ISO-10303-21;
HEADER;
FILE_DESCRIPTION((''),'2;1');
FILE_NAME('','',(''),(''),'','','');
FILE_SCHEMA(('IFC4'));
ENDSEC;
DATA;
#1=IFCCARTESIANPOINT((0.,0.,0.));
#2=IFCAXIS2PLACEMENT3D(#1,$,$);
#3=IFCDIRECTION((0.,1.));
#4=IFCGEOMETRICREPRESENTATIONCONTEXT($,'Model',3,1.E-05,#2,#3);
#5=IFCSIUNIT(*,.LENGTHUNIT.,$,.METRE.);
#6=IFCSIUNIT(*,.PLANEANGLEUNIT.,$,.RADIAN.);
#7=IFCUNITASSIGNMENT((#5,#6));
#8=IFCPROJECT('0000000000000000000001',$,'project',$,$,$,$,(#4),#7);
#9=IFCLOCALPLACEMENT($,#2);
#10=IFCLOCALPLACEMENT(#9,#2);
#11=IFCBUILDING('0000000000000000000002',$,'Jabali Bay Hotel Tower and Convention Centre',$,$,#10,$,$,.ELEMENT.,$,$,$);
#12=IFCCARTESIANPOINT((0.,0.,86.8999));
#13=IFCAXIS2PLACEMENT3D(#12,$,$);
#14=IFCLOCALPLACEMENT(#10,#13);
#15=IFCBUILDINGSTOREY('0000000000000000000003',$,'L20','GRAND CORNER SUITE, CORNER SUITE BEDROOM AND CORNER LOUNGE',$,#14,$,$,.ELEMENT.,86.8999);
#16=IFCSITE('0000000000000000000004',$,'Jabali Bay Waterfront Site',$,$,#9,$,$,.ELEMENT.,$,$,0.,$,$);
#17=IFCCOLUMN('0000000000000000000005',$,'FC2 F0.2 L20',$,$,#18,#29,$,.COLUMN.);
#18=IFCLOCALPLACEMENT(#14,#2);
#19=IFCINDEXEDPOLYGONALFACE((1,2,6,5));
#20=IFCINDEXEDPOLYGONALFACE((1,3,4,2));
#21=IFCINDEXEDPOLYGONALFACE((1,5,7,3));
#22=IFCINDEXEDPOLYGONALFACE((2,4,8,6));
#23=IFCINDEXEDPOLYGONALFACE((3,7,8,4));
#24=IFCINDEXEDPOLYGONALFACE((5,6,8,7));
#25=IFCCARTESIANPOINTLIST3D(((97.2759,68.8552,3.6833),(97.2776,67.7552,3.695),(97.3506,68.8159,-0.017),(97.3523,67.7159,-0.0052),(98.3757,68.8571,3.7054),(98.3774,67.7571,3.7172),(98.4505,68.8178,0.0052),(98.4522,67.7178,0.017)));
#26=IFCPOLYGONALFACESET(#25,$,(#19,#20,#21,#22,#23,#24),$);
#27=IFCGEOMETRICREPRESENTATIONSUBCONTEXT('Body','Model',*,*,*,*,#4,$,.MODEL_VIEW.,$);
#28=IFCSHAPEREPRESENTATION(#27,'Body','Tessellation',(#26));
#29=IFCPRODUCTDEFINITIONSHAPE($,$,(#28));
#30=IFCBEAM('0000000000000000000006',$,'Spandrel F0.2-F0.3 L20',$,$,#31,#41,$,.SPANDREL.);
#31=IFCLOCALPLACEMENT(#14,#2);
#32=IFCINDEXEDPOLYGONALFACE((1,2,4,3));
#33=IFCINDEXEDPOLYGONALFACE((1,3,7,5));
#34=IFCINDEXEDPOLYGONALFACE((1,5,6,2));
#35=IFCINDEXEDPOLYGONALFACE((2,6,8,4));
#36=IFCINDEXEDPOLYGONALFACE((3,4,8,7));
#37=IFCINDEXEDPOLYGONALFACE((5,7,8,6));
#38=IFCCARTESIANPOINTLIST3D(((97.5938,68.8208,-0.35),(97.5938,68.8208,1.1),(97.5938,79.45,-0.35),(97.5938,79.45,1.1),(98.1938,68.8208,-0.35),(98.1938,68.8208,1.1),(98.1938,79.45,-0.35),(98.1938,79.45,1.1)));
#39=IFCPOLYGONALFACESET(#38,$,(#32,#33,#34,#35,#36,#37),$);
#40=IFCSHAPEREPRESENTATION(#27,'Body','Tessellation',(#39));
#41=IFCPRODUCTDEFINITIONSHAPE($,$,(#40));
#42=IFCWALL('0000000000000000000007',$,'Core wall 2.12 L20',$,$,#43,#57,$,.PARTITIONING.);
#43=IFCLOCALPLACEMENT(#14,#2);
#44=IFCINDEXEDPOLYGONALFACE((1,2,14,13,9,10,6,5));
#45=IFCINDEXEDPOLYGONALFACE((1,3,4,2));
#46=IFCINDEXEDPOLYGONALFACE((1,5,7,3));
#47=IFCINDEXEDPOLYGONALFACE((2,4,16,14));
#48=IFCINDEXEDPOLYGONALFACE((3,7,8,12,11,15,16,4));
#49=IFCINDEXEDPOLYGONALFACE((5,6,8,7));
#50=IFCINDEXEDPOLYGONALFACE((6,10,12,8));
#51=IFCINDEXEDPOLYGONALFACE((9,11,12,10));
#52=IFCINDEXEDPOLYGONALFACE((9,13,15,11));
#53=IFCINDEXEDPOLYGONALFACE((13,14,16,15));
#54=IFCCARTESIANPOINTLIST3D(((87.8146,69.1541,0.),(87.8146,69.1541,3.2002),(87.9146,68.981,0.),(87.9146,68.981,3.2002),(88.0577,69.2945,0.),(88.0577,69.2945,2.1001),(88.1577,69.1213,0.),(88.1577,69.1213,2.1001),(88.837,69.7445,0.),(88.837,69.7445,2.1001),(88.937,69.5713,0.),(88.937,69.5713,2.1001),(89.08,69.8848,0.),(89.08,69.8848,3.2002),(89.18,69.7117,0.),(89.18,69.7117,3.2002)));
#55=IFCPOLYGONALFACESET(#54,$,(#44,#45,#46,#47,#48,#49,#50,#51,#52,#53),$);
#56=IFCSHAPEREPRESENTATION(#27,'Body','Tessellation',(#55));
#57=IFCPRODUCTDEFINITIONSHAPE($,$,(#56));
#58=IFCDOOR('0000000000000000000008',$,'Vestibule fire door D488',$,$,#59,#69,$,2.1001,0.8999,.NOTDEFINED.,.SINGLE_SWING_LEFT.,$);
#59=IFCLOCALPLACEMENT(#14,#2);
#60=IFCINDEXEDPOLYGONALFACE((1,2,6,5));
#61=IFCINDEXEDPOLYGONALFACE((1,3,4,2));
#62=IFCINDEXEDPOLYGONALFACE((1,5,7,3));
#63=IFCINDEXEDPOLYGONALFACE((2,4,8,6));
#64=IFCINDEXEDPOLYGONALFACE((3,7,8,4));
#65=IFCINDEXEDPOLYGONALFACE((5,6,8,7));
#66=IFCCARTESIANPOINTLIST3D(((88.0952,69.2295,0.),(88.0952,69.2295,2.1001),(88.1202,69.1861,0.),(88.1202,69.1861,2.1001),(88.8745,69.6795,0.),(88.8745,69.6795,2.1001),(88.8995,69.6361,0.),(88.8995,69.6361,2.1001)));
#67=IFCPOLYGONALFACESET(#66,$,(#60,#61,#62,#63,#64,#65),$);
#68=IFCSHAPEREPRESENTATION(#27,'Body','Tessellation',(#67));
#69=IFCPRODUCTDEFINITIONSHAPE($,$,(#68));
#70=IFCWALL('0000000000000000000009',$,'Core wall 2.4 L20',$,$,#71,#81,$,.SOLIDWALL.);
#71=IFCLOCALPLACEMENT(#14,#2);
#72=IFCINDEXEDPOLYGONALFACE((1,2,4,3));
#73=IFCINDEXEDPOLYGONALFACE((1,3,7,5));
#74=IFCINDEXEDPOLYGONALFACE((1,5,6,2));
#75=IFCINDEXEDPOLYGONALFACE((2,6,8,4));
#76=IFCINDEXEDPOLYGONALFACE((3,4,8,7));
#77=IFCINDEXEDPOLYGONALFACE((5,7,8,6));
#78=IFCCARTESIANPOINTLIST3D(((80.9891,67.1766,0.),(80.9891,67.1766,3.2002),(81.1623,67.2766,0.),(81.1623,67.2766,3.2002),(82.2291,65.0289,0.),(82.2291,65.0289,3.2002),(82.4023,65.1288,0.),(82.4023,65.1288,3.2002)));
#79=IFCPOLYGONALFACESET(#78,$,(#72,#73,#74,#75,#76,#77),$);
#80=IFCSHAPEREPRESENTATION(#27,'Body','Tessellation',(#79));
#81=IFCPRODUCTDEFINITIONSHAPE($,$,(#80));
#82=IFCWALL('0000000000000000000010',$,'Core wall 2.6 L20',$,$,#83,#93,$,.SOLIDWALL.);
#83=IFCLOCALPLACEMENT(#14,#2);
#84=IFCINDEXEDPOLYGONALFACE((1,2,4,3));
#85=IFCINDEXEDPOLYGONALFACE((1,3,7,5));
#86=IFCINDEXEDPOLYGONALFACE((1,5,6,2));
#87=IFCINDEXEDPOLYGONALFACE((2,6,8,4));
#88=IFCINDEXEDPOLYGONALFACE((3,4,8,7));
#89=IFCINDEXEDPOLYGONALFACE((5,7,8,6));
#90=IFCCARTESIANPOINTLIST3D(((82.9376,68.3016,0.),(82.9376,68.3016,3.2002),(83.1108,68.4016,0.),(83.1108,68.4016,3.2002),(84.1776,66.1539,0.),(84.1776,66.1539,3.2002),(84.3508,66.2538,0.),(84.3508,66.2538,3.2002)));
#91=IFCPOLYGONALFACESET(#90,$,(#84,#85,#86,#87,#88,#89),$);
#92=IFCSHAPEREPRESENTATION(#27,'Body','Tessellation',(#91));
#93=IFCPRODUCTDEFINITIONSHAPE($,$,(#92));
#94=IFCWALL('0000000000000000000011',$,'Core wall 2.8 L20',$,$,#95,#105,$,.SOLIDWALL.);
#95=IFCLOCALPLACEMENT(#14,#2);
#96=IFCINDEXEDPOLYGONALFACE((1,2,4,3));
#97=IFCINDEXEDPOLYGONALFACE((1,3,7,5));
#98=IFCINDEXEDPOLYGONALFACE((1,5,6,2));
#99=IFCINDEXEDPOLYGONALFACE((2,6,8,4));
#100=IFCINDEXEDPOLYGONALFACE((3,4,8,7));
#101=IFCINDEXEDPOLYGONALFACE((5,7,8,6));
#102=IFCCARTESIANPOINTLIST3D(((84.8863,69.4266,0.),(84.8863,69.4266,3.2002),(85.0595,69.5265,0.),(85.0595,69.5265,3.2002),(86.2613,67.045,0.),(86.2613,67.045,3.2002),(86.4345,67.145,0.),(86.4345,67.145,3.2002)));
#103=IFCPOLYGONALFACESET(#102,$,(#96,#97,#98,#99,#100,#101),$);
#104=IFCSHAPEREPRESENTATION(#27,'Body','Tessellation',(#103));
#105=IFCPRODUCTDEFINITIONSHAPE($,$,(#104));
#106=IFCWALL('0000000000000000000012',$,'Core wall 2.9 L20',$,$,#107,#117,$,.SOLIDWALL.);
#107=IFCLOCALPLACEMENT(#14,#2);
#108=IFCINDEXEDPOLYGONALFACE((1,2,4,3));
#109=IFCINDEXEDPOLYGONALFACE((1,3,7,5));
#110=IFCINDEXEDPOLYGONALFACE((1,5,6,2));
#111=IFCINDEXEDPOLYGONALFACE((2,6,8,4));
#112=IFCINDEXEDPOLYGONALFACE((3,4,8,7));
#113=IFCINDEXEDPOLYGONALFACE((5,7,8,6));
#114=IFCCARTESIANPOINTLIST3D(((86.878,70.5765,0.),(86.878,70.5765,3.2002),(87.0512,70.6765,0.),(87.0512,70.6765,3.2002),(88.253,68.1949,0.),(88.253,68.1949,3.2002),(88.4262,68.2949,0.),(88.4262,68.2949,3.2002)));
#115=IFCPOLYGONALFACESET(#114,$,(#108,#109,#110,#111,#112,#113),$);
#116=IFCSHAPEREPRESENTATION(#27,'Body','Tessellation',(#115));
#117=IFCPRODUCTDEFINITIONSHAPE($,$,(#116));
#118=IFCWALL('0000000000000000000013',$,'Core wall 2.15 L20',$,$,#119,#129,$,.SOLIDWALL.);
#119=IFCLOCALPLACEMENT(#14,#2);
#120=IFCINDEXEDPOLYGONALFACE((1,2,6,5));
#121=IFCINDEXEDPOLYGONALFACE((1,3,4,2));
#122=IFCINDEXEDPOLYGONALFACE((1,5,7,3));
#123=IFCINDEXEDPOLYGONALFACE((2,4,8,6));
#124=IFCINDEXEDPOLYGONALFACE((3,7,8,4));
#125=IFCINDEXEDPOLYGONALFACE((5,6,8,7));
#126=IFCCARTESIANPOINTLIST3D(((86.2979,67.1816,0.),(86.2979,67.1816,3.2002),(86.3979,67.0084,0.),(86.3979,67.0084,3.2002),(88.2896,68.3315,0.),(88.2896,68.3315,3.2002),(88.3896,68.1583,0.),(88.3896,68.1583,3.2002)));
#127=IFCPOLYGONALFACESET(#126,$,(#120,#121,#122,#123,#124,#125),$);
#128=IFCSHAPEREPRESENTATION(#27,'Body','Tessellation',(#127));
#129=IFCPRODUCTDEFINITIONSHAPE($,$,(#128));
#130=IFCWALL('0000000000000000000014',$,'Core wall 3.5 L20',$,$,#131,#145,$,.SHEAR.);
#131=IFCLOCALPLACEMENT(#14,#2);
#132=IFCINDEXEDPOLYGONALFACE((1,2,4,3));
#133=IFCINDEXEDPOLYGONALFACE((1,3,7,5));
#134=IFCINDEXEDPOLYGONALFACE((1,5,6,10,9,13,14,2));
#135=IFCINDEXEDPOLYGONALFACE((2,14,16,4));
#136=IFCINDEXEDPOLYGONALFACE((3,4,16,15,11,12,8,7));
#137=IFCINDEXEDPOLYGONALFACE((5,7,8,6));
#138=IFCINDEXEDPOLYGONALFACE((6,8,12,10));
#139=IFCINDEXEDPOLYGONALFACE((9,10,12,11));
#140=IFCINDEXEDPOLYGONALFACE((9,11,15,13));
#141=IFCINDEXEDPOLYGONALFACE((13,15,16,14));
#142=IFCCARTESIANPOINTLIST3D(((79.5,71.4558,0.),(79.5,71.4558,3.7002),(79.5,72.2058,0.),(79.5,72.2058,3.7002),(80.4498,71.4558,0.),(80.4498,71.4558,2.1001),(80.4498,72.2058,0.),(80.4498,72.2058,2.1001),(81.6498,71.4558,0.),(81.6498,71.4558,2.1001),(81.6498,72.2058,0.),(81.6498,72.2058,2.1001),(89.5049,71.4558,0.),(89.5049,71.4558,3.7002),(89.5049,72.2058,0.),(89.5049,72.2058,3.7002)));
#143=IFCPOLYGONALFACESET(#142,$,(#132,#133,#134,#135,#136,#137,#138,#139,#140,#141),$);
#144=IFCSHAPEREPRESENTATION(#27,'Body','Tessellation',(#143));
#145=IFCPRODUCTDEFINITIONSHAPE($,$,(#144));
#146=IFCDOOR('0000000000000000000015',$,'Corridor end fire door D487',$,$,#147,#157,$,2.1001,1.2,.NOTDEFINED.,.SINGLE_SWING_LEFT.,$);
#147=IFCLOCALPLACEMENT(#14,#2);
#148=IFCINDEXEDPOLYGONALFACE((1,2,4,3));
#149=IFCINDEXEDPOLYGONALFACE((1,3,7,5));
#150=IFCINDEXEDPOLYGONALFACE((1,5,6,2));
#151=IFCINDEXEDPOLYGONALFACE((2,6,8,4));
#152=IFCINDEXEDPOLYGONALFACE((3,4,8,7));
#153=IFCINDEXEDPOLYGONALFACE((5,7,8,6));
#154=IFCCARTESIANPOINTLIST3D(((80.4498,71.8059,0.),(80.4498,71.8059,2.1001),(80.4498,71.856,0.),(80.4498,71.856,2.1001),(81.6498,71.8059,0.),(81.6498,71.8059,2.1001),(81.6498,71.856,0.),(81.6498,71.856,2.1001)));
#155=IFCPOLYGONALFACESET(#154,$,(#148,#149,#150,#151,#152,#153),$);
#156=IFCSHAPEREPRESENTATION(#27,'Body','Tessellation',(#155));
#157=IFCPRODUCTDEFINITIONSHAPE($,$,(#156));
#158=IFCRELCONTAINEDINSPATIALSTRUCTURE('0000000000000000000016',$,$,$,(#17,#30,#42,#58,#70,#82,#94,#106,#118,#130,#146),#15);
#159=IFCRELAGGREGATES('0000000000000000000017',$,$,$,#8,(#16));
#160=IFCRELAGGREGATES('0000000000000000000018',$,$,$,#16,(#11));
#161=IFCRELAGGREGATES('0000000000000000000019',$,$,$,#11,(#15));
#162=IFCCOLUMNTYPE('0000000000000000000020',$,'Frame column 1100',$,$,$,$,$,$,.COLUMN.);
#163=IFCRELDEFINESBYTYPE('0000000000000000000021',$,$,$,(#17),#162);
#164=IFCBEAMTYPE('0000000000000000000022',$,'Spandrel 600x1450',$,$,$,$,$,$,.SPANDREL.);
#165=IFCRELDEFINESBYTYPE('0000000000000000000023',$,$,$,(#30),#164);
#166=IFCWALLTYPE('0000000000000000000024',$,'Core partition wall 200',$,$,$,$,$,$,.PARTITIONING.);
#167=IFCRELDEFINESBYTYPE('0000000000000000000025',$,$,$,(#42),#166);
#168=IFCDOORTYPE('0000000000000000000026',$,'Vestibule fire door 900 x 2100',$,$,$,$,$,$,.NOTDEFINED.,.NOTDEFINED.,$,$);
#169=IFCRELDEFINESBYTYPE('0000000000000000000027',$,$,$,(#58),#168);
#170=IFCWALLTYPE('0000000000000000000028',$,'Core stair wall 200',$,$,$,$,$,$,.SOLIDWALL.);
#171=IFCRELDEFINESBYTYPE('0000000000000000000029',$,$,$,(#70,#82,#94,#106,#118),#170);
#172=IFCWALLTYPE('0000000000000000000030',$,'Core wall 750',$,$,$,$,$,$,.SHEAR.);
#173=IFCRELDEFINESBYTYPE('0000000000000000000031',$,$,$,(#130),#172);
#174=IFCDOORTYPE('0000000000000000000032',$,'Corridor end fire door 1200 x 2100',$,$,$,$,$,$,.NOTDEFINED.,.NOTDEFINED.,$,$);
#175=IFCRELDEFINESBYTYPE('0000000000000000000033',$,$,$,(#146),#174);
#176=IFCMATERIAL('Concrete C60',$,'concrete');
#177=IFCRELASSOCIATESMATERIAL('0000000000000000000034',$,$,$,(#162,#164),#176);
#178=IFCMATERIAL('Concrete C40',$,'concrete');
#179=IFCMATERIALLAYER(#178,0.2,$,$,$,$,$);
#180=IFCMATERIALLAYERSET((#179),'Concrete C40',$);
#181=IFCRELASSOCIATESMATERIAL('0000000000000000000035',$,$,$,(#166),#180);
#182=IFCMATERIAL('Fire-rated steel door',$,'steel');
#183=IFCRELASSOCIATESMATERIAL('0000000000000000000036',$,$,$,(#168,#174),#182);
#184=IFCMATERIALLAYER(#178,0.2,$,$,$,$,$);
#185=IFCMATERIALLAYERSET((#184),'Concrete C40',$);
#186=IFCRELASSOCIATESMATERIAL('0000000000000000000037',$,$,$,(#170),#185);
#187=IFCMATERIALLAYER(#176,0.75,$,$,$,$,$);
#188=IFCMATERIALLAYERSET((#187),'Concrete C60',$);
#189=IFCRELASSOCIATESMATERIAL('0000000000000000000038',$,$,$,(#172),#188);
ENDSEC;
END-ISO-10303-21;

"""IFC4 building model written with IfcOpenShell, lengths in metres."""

from ifc_helpers import new_model, si_unit, direction, frame, frame_2d, origin, origin_2d, place, context, subcontext, project, spatial, rectangle, extrude, material, layer, layer_set, material_profile, profile_set, type_object, element, fill, save


model = new_model("IFC4")

# Units and contexts
model_context = context("Model", 3, precision=1e-05, world=origin(), true_north=direction((0.0, 1.0)))
body_context = subcontext(model_context, "Body", "Model", "MODEL_VIEW")
ifc_project = project(units=[si_unit("LENGTHUNIT", "METRE"), si_unit("PLANEANGLEUNIT", "RADIAN")], contexts=[model_context])

# Site, building, storey
site_placement = place(None, origin())
site = spatial("IfcSite", under=ifc_project, at=site_placement, Name="Jabali Bay Waterfront Site", CompositionType="ELEMENT", RefElevation=0.0)
building_placement = place(site_placement, origin())
building = spatial("IfcBuilding", under=site, at=building_placement, Name="Jabali Bay Hotel Tower and Convention Centre", CompositionType="ELEMENT")
storey_placement = place(building_placement, frame((0.0, 0.0, 86.8999)))
storey = spatial("IfcBuildingStorey", under=building, at=storey_placement, Name="L20", Description="GRAND CORNER SUITE, CORNER SUITE BEDROOM AND CORNER LOUNGE", CompositionType="ELEMENT", Elevation=86.8999)

# Column
ifc_material_1 = material(Name="Concrete C60", Category="concrete")
ifc_material_profile_1 = material_profile(ifc_material_1, rectangle(XDim=1.1001, YDim=1.1001, at=origin_2d()), Name="Frame column 1100")
ifc_profile_set_1 = profile_set([ifc_material_profile_1], Name="Concrete C60")
column_type = type_object("IfcColumnType", Name="Frame column 1100", PredefinedType="COLUMN", material=ifc_profile_set_1)
column_placement = place(storey_placement, frame((97.9014, 68.2668, 0.0), z_axis=(-0.020185, 0.01062, 0.99974), x_axis=(0.001543, -0.999942, 0.010653)))
element("IfcColumn", 1, at=column_placement, inside=storey, type_object=column_type, Name="FC2 F0.2 L20", PredefinedType="COLUMN", context=body_context, shape_type="SweptSolid", body=[
    extrude(rectangle(XDim=1.1001, YDim=1.1001, at=origin_2d()), origin(), (0.0, 0.0, 1.0), 3.7012),
])

# Beam
ifc_material_profile_2 = material_profile(ifc_material_1, rectangle(XDim=0.6001, YDim=1.45, at=origin_2d()), Name="Spandrel 600x1450")
ifc_profile_set_2 = profile_set([ifc_material_profile_2], Name="Concrete C60")
beam_type = type_object("IfcBeamType", Name="Spandrel 600x1450", PredefinedType="SPANDREL", material=ifc_profile_set_2)
beam_placement = place(storey_placement, frame((97.8938, 68.8208, 0.375), z_axis=(0.0, 1.0, 0.0), x_axis=(-1.0, 0.0, 0.0)))
element("IfcBeam", 2, at=beam_placement, inside=storey, type_object=beam_type, Name="Spandrel F0.2-F0.3 L20", PredefinedType="SPANDREL", context=body_context, shape_type="SweptSolid", body=[
    extrude(rectangle(XDim=0.6001, YDim=1.45, at=origin_2d()), origin(), (0.0, 0.0, 1.0), 10.6292),
])

# Wall, opening, door
ifc_material_2 = material(Name="Concrete C40", Category="concrete")
ifc_layer_1 = layer(ifc_material_2, 0.2)
ifc_layer_set_1 = layer_set([ifc_layer_1], Name="Concrete C40")
wall_type_1 = type_object("IfcWallType", Name="Core partition wall 200", PredefinedType="PARTITIONING", material=ifc_layer_set_1)
wall_1_placement = place(storey_placement, frame((87.8647, 69.0676, 0.0), z_axis=(0.0, 0.0, 1.0), x_axis=(0.865982, 0.500074, 0.0)))
wall_1 = element("IfcWall", 3, at=wall_1_placement, inside=storey, type_object=wall_type_1, Name="Core wall 2.12 L20", PredefinedType="PARTITIONING", context=body_context, shape_type="SweptSolid", body=[
    extrude(rectangle(XDim=1.4612, YDim=0.2, at=frame_2d((0.7305, 0.0))), origin(), (0.0, 0.0, 1.0), 3.2002),
])
opening_1_placement = place(wall_1_placement, frame((0.2805, 0.0, 0.0)))
opening_1 = element("IfcOpeningElement", 4, at=opening_1_placement, cuts=wall_1, PredefinedType="OPENING", context=body_context, shape_type="SweptSolid", body=[
    extrude(rectangle(XDim=0.8999, YDim=2.1001, at=frame_2d((0.45, 1.05))), frame((0.0, 0.1104, 0.0), z_axis=(0.0, -1.0, 0.0), x_axis=(1.0, 0.0, 0.0)), (0.0, 0.0, 1.0), 0.2209),
])
ifc_material_3 = material(Name="Fire-rated steel door", Category="steel")
door_type_1 = type_object("IfcDoorType", Name="Vestibule fire door 900 x 2100", OperationType="NOTDEFINED", PredefinedType="NOTDEFINED", material=ifc_material_3)
door_1_placement = place(opening_1_placement, origin())
door_1 = element("IfcDoor", 5, at=door_1_placement, inside=storey, type_object=door_type_1, Name="Vestibule fire door D488", OperationType="SINGLE_SWING_LEFT", OverallHeight=2.1001, OverallWidth=0.8999, PredefinedType="NOTDEFINED", context=body_context, shape_type="SweptSolid", body=[
    extrude(rectangle(XDim=0.8999, YDim=2.1001, at=frame_2d((0.45, 1.05))), frame((0.0, 0.0249, 0.0), z_axis=(0.0, -1.0, 0.0), x_axis=(1.0, 0.0, 0.0)), (0.0, 0.0, 1.0), 0.05),
])
fill(opening_1, door_1)

# Walls
ifc_layer_2 = layer(ifc_material_2, 0.2)
ifc_layer_set_2 = layer_set([ifc_layer_2], Name="Concrete C40")
wall_type_2 = type_object("IfcWallType", Name="Core stair wall 200", PredefinedType="SOLIDWALL", material=ifc_layer_set_2)
for number, where, z_axis, x_axis, name in (
    (6, (81.0757, 67.2266, 0.0), (0.0, 0.0, 1.0), (0.500004, -0.866023, 0.0), "Core wall 2.4 L20"),
    (7, (83.0242, 68.3516, 0.0), (0.0, 0.0, 1.0), (0.500004, -0.866023, 0.0), "Core wall 2.6 L20"),
):
    element("IfcWall", number, at=place(storey_placement, frame(where, z_axis=z_axis, x_axis=x_axis)), inside=storey, type_object=wall_type_2, Name=name, PredefinedType="SOLIDWALL", context=body_context, shape_type="SweptSolid", body=[
        extrude(rectangle(XDim=2.48, YDim=0.2, at=frame_2d((1.24, 0.0))), origin(), (0.0, 0.0, 1.0), 3.2002),
    ])
for number, where, z_axis, x_axis, name in (
    (8, (84.9729, 69.4766, 0.0), (0.0, 0.0, 1.0), (0.499997, -0.866027, 0.0), "Core wall 2.8 L20"),
    (9, (86.9646, 70.6265, 0.0), (0.0, 0.0, 1.0), (0.499997, -0.866027, 0.0), "Core wall 2.9 L20"),
):
    element("IfcWall", number, at=place(storey_placement, frame(where, z_axis=z_axis, x_axis=x_axis)), inside=storey, type_object=wall_type_2, Name=name, PredefinedType="SOLIDWALL", context=body_context, shape_type="SweptSolid", body=[
        extrude(rectangle(XDim=2.75, YDim=0.2, at=frame_2d((1.375, 0.0))), origin(), (0.0, 0.0, 1.0), 3.2002),
    ])
wall_2_placement = place(storey_placement, frame((86.3479, 67.095, 0.0), z_axis=(0.0, 0.0, 1.0), x_axis=(0.866026, 0.499998, 0.0)))
element("IfcWall", 10, at=wall_2_placement, inside=storey, type_object=wall_type_2, Name="Core wall 2.15 L20", PredefinedType="SOLIDWALL", context=body_context, shape_type="SweptSolid", body=[
    extrude(rectangle(XDim=2.2998, YDim=0.2, at=frame_2d((1.1499, 0.0))), origin(), (0.0, 0.0, 1.0), 3.2002),
])

# Wall, opening, door
ifc_layer_3 = layer(ifc_material_1, 0.75)
ifc_layer_set_3 = layer_set([ifc_layer_3], Name="Concrete C60")
wall_type_3 = type_object("IfcWallType", Name="Core wall 750", PredefinedType="SHEAR", material=ifc_layer_set_3)
wall_3_placement = place(storey_placement, frame((89.5049, 71.8308, 0.0), z_axis=(0.0, 0.0, 1.0), x_axis=(-1.0, 0.0, 0.0)))
wall_3 = element("IfcWall", 11, at=wall_3_placement, inside=storey, type_object=wall_type_3, Name="Core wall 3.5 L20", PredefinedType="SHEAR", context=body_context, shape_type="SweptSolid", body=[
    extrude(rectangle(XDim=10.0049, YDim=0.75, at=frame_2d((5.0024, 0.0))), origin(), (0.0, 0.0, 1.0), 3.7002),
])
opening_2_placement = place(wall_3_placement, frame((7.855, 0.0, 0.0)))
opening_2 = element("IfcOpeningElement", 12, at=opening_2_placement, cuts=wall_3, PredefinedType="OPENING", context=body_context, shape_type="SweptSolid", body=[
    extrude(rectangle(XDim=1.2, YDim=2.1001, at=frame_2d((0.6001, 1.05))), frame((0.0, 0.3855, 0.0), z_axis=(0.0, -1.0, 0.0), x_axis=(1.0, 0.0, 0.0)), (0.0, 0.0, 1.0), 0.771),
])
door_type_2 = type_object("IfcDoorType", Name="Corridor end fire door 1200 x 2100", OperationType="NOTDEFINED", PredefinedType="NOTDEFINED", material=ifc_material_3)
door_2_placement = place(opening_2_placement, origin())
door_2 = element("IfcDoor", 13, at=door_2_placement, inside=storey, type_object=door_type_2, Name="Corridor end fire door D487", OperationType="SINGLE_SWING_LEFT", OverallHeight=2.1001, OverallWidth=1.2, PredefinedType="NOTDEFINED", context=body_context, shape_type="SweptSolid", body=[
    extrude(rectangle(XDim=1.2, YDim=2.1001, at=frame_2d((0.6001, 1.05))), frame((0.0, 0.0249, 0.0), z_axis=(0.0, -1.0, 0.0), x_axis=(1.0, 0.0, 0.0)), (0.0, 0.0, 1.0), 0.05),
])
fill(opening_2, door_2)

save(model, "model.ifc")
